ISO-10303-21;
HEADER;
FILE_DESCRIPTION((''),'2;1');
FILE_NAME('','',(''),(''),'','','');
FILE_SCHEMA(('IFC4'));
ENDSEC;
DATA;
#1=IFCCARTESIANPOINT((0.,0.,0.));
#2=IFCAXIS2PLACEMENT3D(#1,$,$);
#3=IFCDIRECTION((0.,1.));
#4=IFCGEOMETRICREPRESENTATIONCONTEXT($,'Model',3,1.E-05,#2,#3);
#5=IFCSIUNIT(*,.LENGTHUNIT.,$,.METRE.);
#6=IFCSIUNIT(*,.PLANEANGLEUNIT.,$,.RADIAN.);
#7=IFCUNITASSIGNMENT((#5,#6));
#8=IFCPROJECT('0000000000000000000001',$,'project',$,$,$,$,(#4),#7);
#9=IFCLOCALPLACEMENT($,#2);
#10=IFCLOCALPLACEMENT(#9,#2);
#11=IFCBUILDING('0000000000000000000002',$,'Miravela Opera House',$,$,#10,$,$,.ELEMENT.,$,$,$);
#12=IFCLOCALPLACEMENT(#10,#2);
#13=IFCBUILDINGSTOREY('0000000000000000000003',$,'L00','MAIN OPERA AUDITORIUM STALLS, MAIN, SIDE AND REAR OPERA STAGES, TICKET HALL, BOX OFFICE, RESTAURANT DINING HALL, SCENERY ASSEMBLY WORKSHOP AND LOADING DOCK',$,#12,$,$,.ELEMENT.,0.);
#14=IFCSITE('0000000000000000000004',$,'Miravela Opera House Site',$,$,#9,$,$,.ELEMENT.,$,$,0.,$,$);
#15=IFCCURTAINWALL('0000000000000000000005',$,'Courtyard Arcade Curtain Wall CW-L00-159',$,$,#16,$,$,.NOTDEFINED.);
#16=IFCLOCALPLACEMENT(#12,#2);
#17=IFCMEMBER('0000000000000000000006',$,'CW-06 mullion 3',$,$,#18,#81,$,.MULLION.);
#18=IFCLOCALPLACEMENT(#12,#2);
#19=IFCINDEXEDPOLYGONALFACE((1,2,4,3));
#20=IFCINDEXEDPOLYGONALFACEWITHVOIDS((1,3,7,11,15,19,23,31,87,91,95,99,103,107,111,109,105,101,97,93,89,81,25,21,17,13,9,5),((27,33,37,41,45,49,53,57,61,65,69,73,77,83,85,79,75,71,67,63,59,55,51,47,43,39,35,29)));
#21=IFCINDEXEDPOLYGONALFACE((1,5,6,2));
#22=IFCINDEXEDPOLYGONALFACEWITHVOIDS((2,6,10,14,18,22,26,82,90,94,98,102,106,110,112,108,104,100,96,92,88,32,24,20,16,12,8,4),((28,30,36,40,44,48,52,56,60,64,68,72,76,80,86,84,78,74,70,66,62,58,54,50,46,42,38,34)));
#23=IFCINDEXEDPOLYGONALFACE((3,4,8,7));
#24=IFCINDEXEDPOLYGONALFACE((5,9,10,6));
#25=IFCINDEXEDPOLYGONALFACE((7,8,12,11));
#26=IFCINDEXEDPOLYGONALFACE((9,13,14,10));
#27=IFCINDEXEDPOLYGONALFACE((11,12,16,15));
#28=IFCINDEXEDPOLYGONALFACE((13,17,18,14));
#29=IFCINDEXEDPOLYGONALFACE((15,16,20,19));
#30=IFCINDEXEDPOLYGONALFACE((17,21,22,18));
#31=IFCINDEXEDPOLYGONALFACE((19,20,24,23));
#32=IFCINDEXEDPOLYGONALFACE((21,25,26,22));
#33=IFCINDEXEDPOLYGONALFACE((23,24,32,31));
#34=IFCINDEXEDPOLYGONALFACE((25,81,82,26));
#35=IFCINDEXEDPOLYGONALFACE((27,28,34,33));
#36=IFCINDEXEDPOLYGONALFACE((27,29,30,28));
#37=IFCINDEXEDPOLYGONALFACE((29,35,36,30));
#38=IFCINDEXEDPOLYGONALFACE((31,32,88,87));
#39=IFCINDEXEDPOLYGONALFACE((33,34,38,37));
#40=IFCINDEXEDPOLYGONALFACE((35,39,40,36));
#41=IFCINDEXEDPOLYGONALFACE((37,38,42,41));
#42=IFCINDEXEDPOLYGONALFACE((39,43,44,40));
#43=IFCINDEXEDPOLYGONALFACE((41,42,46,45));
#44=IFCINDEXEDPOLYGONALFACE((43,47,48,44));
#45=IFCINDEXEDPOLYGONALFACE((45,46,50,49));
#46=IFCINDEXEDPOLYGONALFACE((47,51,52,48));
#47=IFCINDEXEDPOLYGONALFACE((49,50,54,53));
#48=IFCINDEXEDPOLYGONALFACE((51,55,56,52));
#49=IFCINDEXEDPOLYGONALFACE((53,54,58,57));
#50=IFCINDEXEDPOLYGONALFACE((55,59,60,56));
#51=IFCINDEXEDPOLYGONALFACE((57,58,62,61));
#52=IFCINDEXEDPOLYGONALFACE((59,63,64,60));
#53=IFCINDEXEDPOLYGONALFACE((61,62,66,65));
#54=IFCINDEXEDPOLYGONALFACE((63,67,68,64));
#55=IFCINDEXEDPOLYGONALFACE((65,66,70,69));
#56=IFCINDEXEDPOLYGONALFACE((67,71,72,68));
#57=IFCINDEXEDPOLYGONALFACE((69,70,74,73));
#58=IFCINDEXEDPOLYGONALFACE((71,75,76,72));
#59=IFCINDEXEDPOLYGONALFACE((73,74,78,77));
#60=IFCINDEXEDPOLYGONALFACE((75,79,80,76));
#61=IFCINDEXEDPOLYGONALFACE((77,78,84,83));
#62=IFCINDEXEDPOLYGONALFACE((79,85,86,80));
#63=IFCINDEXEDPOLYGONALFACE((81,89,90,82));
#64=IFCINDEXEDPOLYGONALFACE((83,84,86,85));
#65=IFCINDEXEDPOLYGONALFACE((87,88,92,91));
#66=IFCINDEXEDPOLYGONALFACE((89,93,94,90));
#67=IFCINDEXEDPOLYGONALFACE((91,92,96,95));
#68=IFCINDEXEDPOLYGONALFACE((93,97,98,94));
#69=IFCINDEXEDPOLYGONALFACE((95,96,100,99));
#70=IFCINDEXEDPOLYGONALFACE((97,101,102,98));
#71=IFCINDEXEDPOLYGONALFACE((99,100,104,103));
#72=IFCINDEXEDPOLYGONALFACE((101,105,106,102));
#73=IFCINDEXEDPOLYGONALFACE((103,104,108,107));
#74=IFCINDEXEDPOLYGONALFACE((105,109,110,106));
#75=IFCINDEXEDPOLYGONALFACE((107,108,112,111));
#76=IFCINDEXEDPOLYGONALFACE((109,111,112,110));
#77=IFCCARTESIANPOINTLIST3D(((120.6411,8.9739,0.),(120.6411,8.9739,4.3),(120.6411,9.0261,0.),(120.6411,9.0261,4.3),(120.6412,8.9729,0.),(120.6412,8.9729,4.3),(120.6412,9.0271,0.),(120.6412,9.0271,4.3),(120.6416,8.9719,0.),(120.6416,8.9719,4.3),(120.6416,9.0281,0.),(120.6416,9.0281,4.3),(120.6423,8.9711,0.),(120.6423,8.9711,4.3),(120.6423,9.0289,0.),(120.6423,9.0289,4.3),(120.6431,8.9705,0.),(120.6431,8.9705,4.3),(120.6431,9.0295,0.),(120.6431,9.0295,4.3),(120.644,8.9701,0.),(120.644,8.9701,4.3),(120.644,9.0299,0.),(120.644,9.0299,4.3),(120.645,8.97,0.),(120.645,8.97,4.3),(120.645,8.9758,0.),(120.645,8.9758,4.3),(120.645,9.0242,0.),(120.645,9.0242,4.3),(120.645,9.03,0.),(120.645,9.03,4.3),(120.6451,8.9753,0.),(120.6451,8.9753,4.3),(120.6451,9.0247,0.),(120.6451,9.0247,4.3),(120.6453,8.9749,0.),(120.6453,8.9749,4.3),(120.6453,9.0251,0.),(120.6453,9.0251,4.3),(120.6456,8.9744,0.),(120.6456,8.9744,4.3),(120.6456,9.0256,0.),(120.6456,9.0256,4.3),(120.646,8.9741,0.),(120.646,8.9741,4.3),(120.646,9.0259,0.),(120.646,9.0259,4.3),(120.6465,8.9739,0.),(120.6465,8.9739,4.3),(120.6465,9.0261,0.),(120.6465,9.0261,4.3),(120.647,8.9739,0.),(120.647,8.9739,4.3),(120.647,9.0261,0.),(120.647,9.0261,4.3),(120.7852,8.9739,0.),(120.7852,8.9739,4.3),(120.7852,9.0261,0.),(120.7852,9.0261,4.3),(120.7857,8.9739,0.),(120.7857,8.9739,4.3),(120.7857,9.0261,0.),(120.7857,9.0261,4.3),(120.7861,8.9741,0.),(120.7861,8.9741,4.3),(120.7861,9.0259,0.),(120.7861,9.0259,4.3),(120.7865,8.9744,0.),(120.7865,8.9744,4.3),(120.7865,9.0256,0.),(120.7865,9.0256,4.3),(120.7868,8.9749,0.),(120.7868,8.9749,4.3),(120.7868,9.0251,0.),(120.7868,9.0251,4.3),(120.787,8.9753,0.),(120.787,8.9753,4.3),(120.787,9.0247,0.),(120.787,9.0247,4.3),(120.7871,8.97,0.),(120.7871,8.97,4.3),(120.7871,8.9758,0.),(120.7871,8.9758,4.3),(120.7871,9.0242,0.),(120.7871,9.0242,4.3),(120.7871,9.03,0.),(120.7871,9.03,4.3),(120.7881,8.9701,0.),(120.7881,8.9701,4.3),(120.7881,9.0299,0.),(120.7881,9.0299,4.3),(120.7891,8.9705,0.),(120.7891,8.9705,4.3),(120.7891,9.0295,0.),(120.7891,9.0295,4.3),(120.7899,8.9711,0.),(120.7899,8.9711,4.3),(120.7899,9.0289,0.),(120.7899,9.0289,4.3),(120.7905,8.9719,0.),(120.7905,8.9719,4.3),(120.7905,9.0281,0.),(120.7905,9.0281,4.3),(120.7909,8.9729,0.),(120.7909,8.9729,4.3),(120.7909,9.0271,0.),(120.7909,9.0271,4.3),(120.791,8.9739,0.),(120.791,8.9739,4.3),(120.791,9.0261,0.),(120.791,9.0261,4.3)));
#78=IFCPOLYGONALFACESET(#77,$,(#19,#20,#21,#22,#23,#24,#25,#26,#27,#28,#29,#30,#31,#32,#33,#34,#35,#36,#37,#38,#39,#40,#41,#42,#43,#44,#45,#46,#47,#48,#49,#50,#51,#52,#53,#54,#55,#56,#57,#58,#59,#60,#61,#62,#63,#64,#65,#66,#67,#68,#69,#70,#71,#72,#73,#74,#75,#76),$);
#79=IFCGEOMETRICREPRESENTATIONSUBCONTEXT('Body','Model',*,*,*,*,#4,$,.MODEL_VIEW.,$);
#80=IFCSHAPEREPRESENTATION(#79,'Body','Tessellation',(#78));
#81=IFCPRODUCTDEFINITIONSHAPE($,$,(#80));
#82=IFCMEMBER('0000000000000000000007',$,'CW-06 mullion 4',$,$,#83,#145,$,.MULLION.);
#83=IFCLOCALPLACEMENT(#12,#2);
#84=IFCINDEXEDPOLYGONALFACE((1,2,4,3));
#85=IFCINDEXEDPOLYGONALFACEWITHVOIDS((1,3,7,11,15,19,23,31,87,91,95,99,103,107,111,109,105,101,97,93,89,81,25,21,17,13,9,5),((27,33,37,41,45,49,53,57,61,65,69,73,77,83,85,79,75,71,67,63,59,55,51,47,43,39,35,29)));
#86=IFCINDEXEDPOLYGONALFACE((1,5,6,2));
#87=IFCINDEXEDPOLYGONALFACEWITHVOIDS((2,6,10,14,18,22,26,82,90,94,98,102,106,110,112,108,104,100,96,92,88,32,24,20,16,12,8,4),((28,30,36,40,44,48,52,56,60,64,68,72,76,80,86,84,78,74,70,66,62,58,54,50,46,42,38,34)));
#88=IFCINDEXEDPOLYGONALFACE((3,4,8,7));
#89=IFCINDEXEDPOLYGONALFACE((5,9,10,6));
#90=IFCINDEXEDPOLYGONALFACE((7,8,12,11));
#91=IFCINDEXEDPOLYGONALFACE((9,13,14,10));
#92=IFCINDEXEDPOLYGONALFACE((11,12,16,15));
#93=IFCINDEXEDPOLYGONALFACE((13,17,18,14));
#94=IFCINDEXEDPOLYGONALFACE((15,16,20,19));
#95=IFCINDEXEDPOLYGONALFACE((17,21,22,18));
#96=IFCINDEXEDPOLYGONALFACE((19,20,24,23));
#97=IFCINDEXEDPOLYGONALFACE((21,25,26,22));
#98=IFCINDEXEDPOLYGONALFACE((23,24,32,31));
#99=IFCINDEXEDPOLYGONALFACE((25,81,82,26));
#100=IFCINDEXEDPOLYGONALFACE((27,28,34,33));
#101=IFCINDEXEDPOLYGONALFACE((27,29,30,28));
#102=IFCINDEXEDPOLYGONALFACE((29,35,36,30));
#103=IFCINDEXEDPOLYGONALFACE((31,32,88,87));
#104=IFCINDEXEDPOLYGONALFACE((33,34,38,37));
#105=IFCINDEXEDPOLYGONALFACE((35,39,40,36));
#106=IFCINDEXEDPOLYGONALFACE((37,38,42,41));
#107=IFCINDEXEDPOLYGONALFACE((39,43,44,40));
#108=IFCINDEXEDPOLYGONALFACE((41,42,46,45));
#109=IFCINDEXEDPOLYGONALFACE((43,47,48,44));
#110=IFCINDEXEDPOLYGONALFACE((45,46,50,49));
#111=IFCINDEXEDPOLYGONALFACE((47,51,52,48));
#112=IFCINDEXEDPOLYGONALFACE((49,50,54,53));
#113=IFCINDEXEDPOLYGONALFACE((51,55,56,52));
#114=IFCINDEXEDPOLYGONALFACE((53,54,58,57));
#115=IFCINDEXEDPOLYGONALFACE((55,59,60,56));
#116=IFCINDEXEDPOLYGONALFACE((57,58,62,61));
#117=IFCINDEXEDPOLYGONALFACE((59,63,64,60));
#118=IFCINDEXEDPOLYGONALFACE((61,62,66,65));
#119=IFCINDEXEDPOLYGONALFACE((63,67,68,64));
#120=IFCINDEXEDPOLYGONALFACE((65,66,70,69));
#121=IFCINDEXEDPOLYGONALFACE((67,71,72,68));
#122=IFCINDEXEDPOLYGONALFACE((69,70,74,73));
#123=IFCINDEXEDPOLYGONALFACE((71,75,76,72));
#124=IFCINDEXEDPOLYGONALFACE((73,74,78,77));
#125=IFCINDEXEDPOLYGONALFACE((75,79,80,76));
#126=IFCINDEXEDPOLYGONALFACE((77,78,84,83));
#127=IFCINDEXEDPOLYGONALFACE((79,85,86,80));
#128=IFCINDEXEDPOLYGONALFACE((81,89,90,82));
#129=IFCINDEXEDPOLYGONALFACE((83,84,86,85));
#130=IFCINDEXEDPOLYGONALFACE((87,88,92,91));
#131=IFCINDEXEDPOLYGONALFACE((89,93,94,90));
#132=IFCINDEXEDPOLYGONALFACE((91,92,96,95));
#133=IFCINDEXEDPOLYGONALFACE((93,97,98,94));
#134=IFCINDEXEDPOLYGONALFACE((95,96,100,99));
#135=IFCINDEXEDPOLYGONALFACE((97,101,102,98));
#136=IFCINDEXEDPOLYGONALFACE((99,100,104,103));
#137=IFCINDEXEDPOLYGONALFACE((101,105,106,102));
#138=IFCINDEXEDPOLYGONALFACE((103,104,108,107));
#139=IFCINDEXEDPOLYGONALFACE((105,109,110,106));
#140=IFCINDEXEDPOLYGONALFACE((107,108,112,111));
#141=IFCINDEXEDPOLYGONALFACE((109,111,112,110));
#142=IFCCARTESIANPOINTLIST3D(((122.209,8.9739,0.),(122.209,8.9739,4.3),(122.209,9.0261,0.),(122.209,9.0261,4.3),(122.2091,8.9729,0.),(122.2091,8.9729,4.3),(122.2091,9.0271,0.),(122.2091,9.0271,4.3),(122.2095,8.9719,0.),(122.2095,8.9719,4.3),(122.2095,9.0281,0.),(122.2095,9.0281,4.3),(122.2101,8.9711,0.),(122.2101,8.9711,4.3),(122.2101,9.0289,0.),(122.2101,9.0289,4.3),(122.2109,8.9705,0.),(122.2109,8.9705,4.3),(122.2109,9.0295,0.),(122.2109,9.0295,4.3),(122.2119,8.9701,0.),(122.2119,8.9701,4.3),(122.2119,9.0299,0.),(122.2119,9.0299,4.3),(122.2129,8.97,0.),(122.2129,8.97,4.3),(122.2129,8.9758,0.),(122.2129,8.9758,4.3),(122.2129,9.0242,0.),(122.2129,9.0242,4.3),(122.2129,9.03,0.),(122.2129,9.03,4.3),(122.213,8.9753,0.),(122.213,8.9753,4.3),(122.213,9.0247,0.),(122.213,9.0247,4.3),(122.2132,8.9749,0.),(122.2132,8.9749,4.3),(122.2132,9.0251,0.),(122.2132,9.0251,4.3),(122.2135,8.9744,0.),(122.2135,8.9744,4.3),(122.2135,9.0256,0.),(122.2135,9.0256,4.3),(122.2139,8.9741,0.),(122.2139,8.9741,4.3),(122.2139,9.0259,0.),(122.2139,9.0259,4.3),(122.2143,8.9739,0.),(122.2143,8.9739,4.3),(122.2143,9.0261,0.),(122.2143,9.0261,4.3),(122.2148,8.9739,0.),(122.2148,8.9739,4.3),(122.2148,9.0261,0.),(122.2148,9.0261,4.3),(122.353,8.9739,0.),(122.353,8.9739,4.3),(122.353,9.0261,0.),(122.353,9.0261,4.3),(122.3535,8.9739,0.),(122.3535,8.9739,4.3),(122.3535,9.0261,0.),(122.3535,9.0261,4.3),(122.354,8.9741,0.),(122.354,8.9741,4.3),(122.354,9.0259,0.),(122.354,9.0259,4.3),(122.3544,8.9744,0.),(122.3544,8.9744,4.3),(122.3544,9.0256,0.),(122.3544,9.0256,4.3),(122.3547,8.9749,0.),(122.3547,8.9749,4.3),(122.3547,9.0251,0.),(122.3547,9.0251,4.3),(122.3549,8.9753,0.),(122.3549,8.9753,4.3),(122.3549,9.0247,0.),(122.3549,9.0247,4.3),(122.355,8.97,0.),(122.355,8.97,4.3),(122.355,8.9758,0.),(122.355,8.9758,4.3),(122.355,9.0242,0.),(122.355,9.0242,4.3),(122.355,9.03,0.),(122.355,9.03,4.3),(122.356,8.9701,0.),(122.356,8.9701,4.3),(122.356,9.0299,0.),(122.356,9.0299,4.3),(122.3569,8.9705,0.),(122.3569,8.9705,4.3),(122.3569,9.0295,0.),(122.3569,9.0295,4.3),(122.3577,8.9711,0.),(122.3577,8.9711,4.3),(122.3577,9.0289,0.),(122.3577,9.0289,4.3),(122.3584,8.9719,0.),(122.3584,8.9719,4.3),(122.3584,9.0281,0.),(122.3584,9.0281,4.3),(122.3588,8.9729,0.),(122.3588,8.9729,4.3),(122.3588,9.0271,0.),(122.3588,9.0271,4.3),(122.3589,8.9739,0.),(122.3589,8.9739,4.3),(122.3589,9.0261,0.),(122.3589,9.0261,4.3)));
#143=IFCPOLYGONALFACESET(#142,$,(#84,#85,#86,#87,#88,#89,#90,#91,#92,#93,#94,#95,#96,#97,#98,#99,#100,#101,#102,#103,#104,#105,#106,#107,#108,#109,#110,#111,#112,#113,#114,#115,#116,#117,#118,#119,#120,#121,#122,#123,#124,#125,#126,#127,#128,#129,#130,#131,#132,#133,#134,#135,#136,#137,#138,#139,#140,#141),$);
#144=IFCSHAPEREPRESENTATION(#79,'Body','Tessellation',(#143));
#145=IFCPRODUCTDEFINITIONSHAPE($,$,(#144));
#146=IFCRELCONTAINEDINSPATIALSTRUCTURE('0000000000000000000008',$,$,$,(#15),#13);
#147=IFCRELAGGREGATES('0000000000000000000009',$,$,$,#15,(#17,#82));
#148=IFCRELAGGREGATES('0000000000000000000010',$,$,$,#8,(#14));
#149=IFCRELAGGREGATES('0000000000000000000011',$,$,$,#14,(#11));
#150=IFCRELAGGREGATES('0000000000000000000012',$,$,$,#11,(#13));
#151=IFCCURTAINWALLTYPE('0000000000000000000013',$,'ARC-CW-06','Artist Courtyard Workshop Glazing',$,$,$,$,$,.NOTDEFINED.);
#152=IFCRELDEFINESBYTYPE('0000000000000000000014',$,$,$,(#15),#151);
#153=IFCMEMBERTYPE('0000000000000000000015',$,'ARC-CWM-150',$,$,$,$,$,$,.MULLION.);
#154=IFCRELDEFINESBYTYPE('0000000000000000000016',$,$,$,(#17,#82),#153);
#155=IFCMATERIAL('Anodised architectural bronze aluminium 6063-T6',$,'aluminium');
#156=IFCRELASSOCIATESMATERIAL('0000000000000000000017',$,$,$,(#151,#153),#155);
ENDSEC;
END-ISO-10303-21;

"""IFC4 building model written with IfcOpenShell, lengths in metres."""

from ifc_helpers import new_model, si_unit, direction, frame, origin, origin_2d, place, context, subcontext, project, spatial, hollow_rectangle, extrude, material, material_profile, profile_set, type_object, element, aggregate, save


model = new_model("IFC4")

# Units and contexts
model_context = context("Model", 3, precision=1e-05, world=origin(), true_north=direction((0.0, 1.0)))
body_context = subcontext(model_context, "Body", "Model", "MODEL_VIEW")
ifc_project = project(units=[si_unit("LENGTHUNIT", "METRE"), si_unit("PLANEANGLEUNIT", "RADIAN")], contexts=[model_context])

# Site, building, storey
site_placement = place(None, origin())
site = spatial("IfcSite", under=ifc_project, at=site_placement, Name="Miravela Opera House Site", CompositionType="ELEMENT", RefElevation=0.0)
building_placement = place(site_placement, origin())
building = spatial("IfcBuilding", under=site, at=building_placement, Name="Miravela Opera House", CompositionType="ELEMENT")
storey_placement = place(building_placement, origin())
storey = spatial("IfcBuildingStorey", under=building, at=storey_placement, Name="L00", Description="MAIN OPERA AUDITORIUM STALLS, MAIN, SIDE AND REAR OPERA STAGES, TICKET HALL, BOX OFFICE, RESTAURANT DINING HALL, SCENERY ASSEMBLY WORKSHOP AND LOADING DOCK", CompositionType="ELEMENT", Elevation=0.0)

# Curtain wall, members
ifc_material_1 = material(Name="Anodised architectural bronze aluminium 6063-T6", Category="aluminium")
curtain_wall_type = type_object("IfcCurtainWallType", Name="ARC-CW-06", Description="Artist Courtyard Workshop Glazing", PredefinedType="NOTDEFINED", material=ifc_material_1)
curtain_wall_placement = place(storey_placement, origin())
curtain_wall = element("IfcCurtainWall", 1, at=curtain_wall_placement, inside=storey, type_object=curtain_wall_type, Name="Courtyard Arcade Curtain Wall CW-L00-159", PredefinedType="NOTDEFINED")
ifc_material_profile_1 = material_profile(ifc_material_1, hollow_rectangle(XDim=0.0601, YDim=0.1499, WallThickness=0.0039, InnerFilletRadius=0.002, OuterFilletRadius=0.0039, at=origin_2d()), Name="CWM-60X150")
ifc_profile_set_1 = profile_set([ifc_material_profile_1])
member_type_1 = type_object("IfcMemberType", Name="ARC-CWM-150", PredefinedType="MULLION", material=ifc_profile_set_1)
member_1_placement = place(storey_placement, frame((120.7161, 9.0, 0.0), z_axis=(0.0, 0.0, 1.0), x_axis=(0.0, 1.0, 0.0)))
member_1 = element("IfcMember", 2, at=member_1_placement, type_object=member_type_1, Name="CW-06 mullion 3", PredefinedType="MULLION", context=body_context, shape_type="SweptSolid", body=[
    extrude(hollow_rectangle(XDim=0.0601, YDim=0.1499, WallThickness=0.0039, InnerFilletRadius=0.002, OuterFilletRadius=0.0039, at=origin_2d()), origin(), (0.0, 0.0, 1.0), 4.3),
])
member_2_placement = place(storey_placement, frame((122.2839, 9.0, 0.0), z_axis=(0.0, 0.0, 1.0), x_axis=(0.0, 1.0, 0.0)))
member_2 = element("IfcMember", 3, at=member_2_placement, type_object=member_type_1, Name="CW-06 mullion 4", PredefinedType="MULLION", context=body_context, shape_type="SweptSolid", body=[
    extrude(hollow_rectangle(XDim=0.0601, YDim=0.1499, WallThickness=0.0039, InnerFilletRadius=0.002, OuterFilletRadius=0.0039, at=origin_2d()), origin(), (0.0, 0.0, 1.0), 4.3),
])
aggregate(curtain_wall, [member_1, member_2])

save(model, "model.ifc")
